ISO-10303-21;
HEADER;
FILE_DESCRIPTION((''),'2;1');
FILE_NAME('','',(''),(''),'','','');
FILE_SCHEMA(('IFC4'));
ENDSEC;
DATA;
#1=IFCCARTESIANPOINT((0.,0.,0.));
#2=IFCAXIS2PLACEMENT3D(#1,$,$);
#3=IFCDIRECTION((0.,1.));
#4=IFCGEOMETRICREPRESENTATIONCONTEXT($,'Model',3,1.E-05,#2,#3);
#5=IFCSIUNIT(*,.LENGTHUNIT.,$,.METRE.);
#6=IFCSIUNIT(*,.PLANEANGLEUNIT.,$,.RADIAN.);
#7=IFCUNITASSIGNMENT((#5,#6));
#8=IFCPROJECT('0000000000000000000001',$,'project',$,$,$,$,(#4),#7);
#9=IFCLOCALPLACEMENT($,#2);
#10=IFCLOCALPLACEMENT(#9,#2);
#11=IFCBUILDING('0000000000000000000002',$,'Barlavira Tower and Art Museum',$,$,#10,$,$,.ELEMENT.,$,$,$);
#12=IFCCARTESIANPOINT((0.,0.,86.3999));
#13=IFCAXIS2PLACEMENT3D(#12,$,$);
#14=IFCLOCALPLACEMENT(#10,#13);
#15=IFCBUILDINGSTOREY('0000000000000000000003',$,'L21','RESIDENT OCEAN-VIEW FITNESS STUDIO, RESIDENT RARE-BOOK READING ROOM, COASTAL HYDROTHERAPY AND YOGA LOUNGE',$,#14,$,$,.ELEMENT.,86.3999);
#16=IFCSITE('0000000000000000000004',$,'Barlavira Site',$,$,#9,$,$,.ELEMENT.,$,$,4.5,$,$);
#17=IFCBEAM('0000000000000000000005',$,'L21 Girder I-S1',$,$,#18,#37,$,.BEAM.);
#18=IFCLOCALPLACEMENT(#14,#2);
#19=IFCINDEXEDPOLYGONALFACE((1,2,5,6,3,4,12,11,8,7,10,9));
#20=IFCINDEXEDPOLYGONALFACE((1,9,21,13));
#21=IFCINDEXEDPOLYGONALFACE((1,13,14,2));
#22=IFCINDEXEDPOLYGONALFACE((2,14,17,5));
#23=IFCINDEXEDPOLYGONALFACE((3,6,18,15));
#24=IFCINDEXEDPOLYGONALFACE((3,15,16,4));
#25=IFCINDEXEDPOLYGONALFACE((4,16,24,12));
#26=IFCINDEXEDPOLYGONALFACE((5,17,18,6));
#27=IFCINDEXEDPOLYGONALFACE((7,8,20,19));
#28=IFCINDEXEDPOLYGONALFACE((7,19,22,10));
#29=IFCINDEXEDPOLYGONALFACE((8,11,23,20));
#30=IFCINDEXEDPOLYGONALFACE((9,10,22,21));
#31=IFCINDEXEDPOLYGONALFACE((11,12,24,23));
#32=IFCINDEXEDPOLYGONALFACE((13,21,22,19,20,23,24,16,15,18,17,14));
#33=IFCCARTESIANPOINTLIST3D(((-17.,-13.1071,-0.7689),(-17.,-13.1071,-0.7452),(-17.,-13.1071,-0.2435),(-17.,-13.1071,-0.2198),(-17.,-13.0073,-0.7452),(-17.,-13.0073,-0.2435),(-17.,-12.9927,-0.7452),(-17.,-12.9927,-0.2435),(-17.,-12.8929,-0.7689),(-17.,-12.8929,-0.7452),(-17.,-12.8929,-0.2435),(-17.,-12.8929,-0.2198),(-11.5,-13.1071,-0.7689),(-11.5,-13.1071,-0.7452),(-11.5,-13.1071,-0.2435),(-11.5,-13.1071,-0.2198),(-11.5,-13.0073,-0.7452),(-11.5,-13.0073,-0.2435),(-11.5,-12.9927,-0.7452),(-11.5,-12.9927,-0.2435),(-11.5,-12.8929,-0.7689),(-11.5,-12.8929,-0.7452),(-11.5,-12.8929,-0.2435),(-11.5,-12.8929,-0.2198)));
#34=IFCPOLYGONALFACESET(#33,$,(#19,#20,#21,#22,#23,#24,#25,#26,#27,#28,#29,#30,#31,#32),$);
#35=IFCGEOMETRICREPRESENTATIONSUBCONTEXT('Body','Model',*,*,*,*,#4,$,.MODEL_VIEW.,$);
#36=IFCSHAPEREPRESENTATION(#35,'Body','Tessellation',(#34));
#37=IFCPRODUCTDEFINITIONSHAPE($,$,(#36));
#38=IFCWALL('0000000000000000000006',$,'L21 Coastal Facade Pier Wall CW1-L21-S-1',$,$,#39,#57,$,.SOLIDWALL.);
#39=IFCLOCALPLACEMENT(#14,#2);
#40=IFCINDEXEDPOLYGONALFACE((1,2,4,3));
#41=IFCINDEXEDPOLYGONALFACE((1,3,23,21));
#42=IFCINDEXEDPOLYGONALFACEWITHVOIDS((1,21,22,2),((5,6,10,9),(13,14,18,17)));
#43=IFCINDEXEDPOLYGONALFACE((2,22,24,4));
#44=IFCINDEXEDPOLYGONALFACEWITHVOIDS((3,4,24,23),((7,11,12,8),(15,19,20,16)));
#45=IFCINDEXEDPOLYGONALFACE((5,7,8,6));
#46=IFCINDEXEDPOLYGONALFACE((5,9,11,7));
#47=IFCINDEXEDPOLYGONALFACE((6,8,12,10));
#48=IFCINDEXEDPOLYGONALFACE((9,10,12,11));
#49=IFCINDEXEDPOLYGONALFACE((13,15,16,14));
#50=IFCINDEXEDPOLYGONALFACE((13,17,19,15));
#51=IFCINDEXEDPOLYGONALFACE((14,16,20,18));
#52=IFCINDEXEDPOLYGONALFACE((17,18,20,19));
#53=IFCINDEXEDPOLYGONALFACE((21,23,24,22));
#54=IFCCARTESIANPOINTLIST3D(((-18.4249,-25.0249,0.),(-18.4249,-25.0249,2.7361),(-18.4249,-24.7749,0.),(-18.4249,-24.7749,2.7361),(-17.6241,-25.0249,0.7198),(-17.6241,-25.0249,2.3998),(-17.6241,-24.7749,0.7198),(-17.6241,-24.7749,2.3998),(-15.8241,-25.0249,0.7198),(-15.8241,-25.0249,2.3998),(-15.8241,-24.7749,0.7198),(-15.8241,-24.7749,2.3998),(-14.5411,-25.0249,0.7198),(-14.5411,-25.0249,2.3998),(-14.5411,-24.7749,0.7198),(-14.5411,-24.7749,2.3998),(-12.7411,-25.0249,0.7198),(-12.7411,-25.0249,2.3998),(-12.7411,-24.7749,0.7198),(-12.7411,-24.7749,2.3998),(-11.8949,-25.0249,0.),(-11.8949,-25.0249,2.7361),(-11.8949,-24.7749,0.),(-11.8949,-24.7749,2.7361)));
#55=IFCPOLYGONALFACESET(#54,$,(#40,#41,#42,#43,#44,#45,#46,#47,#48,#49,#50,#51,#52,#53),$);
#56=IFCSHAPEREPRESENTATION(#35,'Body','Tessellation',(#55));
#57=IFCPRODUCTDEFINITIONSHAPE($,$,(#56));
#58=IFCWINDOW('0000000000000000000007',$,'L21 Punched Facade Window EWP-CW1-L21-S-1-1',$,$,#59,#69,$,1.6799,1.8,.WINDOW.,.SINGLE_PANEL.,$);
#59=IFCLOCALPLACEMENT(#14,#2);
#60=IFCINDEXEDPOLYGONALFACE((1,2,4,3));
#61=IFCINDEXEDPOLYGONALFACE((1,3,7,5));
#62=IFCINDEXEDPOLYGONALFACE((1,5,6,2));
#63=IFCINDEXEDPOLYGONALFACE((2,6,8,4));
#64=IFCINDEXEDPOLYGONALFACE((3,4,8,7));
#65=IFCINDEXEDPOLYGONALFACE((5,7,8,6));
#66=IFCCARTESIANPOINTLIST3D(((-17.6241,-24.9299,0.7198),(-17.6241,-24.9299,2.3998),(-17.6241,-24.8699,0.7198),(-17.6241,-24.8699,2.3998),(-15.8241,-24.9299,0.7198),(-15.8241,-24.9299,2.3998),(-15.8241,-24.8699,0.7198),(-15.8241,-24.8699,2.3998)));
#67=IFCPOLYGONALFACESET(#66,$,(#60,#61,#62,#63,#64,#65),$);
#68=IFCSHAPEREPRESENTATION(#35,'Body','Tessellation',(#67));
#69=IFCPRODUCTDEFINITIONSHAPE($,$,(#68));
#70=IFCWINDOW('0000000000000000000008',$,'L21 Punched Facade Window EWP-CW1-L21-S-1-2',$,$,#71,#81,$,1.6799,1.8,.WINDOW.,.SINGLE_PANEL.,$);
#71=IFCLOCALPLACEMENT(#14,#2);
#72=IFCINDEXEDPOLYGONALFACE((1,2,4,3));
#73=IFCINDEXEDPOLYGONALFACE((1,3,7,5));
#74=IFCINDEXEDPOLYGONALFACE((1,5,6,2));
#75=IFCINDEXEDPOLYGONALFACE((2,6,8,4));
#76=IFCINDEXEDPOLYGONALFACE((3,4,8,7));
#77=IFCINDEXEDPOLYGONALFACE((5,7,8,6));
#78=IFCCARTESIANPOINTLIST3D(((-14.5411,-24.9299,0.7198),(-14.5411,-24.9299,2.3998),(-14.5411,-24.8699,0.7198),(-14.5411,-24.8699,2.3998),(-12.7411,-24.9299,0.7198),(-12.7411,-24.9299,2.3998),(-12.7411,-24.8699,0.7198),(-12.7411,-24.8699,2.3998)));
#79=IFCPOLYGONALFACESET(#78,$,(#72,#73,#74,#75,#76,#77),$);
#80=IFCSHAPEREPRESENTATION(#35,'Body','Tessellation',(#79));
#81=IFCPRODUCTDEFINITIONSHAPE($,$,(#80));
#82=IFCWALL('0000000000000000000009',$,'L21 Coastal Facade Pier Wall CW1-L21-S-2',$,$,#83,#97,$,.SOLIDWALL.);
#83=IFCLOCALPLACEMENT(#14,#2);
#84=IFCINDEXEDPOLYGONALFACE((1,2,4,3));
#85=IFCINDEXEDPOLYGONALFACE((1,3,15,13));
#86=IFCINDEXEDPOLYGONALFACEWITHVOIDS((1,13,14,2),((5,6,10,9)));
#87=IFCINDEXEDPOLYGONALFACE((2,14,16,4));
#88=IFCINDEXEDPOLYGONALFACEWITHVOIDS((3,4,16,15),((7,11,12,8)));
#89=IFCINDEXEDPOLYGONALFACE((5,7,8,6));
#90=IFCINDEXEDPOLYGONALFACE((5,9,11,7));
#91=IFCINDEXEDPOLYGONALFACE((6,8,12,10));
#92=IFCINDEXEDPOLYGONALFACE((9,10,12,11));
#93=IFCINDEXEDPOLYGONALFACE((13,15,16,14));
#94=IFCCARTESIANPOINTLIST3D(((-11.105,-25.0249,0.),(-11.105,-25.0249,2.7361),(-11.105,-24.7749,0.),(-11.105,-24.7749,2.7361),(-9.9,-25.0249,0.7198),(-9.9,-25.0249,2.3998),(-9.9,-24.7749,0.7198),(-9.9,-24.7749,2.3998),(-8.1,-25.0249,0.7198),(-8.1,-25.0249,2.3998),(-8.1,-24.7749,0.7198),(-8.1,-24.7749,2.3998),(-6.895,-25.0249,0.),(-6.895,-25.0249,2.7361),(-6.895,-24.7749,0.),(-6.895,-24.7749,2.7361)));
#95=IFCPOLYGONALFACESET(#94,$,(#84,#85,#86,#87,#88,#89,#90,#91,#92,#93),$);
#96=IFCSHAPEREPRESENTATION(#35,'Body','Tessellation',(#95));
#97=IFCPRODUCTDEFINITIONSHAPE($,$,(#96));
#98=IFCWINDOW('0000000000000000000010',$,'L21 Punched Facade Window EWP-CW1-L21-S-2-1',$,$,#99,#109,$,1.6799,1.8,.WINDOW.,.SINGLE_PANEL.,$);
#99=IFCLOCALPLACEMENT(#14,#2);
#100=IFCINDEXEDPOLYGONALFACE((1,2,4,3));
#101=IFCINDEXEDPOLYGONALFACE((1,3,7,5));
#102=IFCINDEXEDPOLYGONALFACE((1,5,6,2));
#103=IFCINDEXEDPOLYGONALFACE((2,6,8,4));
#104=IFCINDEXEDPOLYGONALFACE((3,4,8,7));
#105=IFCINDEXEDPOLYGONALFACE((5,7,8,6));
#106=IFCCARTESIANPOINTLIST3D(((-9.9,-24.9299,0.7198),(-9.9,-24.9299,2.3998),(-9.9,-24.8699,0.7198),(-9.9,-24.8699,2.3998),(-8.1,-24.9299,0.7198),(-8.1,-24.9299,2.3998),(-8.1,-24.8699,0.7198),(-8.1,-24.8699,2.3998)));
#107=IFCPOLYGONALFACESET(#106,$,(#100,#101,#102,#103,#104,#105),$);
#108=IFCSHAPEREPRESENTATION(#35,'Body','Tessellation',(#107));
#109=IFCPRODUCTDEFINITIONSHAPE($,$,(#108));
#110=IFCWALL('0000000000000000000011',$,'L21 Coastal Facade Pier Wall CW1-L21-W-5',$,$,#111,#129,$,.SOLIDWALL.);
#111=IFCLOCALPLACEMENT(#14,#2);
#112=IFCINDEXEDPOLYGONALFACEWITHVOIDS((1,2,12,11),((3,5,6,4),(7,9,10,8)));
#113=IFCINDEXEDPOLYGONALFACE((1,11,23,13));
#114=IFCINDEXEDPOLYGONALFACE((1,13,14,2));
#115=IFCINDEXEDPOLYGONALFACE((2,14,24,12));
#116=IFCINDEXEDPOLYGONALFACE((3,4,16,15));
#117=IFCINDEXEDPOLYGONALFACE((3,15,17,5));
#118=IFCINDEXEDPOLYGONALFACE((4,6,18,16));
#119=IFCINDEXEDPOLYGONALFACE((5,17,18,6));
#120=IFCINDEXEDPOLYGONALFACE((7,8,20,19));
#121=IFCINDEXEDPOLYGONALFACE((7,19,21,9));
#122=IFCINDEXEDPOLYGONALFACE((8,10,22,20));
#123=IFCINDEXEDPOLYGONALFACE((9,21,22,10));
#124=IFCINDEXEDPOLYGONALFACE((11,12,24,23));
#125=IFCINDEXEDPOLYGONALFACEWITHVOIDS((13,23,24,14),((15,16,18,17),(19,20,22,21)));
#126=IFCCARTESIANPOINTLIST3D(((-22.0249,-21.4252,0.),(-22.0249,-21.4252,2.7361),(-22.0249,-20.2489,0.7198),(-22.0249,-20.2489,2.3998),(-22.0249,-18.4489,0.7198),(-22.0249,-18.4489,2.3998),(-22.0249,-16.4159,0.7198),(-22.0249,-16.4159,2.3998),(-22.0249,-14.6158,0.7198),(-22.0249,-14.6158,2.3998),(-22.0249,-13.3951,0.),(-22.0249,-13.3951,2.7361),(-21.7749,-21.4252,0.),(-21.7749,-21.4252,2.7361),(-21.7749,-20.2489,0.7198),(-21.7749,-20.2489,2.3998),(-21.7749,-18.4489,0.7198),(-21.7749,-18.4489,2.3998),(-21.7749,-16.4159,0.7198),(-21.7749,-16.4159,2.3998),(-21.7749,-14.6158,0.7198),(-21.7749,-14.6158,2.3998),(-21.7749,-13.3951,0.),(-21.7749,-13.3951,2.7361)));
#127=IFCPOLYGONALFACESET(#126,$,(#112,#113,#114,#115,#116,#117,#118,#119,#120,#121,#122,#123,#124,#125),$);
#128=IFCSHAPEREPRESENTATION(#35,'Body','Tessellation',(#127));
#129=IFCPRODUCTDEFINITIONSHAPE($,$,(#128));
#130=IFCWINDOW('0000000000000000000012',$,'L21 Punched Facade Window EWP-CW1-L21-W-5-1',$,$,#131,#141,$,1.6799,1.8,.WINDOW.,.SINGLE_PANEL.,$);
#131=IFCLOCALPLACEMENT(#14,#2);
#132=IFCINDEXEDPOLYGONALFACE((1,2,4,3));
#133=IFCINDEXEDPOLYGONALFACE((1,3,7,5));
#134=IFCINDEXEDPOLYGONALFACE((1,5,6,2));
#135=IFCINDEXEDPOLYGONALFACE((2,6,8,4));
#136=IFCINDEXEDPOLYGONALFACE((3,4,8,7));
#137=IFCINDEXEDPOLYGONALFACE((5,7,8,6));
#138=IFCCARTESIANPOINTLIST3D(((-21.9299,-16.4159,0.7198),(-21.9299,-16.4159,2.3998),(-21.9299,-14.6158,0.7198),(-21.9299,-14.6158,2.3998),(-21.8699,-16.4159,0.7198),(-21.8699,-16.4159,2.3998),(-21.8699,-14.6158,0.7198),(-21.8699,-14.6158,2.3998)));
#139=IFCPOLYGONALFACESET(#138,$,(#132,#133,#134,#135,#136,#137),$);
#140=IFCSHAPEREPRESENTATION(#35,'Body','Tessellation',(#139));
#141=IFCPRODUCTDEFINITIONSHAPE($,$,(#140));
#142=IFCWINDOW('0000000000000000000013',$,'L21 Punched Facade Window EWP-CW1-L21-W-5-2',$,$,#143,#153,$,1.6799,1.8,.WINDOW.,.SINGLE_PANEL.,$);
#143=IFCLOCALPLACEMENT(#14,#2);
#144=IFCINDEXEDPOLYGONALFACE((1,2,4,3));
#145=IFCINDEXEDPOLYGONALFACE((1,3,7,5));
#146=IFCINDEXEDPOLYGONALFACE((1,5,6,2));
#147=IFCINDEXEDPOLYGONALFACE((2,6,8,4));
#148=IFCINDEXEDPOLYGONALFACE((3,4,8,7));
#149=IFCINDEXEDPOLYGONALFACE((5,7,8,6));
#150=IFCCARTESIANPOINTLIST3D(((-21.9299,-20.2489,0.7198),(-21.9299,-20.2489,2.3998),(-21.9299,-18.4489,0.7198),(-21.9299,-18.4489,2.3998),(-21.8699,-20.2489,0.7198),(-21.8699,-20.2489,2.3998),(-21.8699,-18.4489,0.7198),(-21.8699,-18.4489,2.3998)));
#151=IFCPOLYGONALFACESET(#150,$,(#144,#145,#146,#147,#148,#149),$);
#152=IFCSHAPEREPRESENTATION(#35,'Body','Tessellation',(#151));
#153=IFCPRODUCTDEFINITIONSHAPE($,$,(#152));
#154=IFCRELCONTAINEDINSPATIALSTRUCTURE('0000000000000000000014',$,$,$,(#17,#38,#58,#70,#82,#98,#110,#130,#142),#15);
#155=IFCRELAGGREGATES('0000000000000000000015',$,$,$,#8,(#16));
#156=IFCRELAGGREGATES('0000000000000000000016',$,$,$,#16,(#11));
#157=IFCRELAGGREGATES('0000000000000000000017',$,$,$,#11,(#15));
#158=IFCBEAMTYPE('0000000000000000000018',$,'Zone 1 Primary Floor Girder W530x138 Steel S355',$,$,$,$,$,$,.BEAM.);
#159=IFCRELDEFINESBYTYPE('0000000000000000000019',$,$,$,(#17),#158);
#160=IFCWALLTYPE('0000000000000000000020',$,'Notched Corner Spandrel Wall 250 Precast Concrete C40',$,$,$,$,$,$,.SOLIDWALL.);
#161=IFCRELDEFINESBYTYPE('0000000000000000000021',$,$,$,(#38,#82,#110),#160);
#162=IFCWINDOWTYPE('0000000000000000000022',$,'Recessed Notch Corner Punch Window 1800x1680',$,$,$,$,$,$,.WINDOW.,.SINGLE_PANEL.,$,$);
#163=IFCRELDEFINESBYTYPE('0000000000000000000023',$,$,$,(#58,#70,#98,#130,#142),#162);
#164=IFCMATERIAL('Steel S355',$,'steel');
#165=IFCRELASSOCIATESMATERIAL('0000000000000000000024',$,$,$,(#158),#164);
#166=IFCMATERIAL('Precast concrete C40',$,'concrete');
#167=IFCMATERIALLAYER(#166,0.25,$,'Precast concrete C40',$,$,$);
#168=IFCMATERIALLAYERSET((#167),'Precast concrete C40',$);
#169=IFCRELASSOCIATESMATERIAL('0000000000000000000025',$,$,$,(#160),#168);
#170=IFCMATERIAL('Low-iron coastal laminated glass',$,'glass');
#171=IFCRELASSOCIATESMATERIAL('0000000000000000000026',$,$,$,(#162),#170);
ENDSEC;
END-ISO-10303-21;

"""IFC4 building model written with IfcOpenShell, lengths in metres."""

from ifc_helpers import new_model, si_unit, direction, frame, frame_2d, origin, origin_2d, place, context, subcontext, project, spatial, rectangle, i_section, extrude, material, layer, layer_set, material_profile, profile_set, type_object, element, fill, save


model = new_model("IFC4")

# Units and contexts
model_context = context("Model", 3, precision=1e-05, world=origin(), true_north=direction((0.0, 1.0)))
body_context = subcontext(model_context, "Body", "Model", "MODEL_VIEW")
ifc_project = project(units=[si_unit("LENGTHUNIT", "METRE"), si_unit("PLANEANGLEUNIT", "RADIAN")], contexts=[model_context])

# Site, building, storey
site_placement = place(None, origin())
site = spatial("IfcSite", under=ifc_project, at=site_placement, Name="Barlavira Site", CompositionType="ELEMENT", RefElevation=4.5)
building_placement = place(site_placement, origin())
building = spatial("IfcBuilding", under=site, at=building_placement, Name="Barlavira Tower and Art Museum", CompositionType="ELEMENT")
storey_placement = place(building_placement, frame((0.0, 0.0, 86.3999)))
storey = spatial("IfcBuildingStorey", under=building, at=storey_placement, Name="L21", Description="RESIDENT OCEAN-VIEW FITNESS STUDIO, RESIDENT RARE-BOOK READING ROOM, COASTAL HYDROTHERAPY AND YOGA LOUNGE", CompositionType="ELEMENT", Elevation=86.3999)

# Beam
ifc_material_1 = material(Name="Steel S355", Category="steel")
ifc_material_profile_1 = material_profile(ifc_material_1, i_section(OverallWidth=0.2141, OverallDepth=0.5491, WebThickness=0.0146, FlangeThickness=0.0237, at=origin_2d()), Name="W530x138.0")
ifc_profile_set_1 = profile_set([ifc_material_profile_1], Name="Steel S355")
beam_type_1 = type_object("IfcBeamType", Name="Zone 1 Primary Floor Girder W530x138 Steel S355", PredefinedType="BEAM", material=ifc_profile_set_1)
for number, where, z_axis, x_axis, name in (
    (1, (-17.0, -13.0, -0.4944), (1.0, 0.0, 0.0), (0.0, 1.0, 0.0), "L21 Girder I-S1"),
):
    element("IfcBeam", number, at=place(storey_placement, frame(where, z_axis=z_axis, x_axis=x_axis)), inside=storey, type_object=beam_type_1, Name=name, PredefinedType="BEAM", context=body_context, shape_type="SweptSolid", body=[
        extrude(i_section(OverallWidth=0.2141, OverallDepth=0.5491, WebThickness=0.0146, FlangeThickness=0.0237, at=origin_2d()), origin(), (0.0, 0.0, 1.0), 5.5),
    ])

# Wall, openings, windows
ifc_material_2 = material(Name="Precast concrete C40", Category="concrete")
ifc_layer = layer(ifc_material_2, 0.25, Name="Precast concrete C40")
ifc_layer_set = layer_set([ifc_layer], Name="Precast concrete C40")
wall_type = type_object("IfcWallType", Name="Notched Corner Spandrel Wall 250 Precast Concrete C40", PredefinedType="SOLIDWALL", material=ifc_layer_set)
wall_1_placement = place(storey_placement, frame((-18.425, -24.8999, 0.0), z_axis=(0.0, 0.0, 1.0), x_axis=(1.0, 0.0, 0.0)))
wall_1 = element("IfcWall", 2, at=wall_1_placement, inside=storey, type_object=wall_type, Name="L21 Coastal Facade Pier Wall CW1-L21-S-1", PredefinedType="SOLIDWALL", context=body_context, shape_type="SweptSolid", body=[
    extrude(rectangle(XDim=6.53, YDim=0.25, at=frame_2d((3.2651, 0.0))), origin(), (0.0, 0.0, 1.0), 2.7361),
])
opening_1_placement = place(wall_1_placement, frame((0.801, 0.0, 0.72)))
opening_1 = element("IfcOpeningElement", 3, at=opening_1_placement, cuts=wall_1, PredefinedType="OPENING", context=body_context, shape_type="SweptSolid", body=[
    extrude(rectangle(XDim=1.8, YDim=1.6799, at=frame_2d((0.8999, 0.8398))), frame((0.0, 0.135, 0.0), z_axis=(0.0, -1.0, 0.0), x_axis=(1.0, 0.0, 0.0)), (0.0, 0.0, 1.0), 0.27),
])
opening_2_placement = place(wall_1_placement, frame((3.884, 0.0, 0.72)))
opening_2 = element("IfcOpeningElement", 4, at=opening_2_placement, cuts=wall_1, PredefinedType="OPENING", context=body_context, shape_type="SweptSolid", body=[
    extrude(rectangle(XDim=1.8, YDim=1.6799, at=frame_2d((0.8999, 0.8398))), frame((0.0, 0.135, 0.0), z_axis=(0.0, -1.0, 0.0), x_axis=(1.0, 0.0, 0.0)), (0.0, 0.0, 1.0), 0.27),
])
ifc_material_3 = material(Name="Low-iron coastal laminated glass", Category="glass")
window_type = type_object("IfcWindowType", Name="Recessed Notch Corner Punch Window 1800x1680", PartitioningType="SINGLE_PANEL", PredefinedType="WINDOW", material=ifc_material_3)
window_1_placement = place(opening_1_placement, origin())
window_1 = element("IfcWindow", 5, at=window_1_placement, inside=storey, type_object=window_type, Name="L21 Punched Facade Window EWP-CW1-L21-S-1-1", OverallHeight=1.6799, OverallWidth=1.8, PartitioningType="SINGLE_PANEL", PredefinedType="WINDOW", context=body_context, shape_type="SweptSolid", body=[
    extrude(rectangle(XDim=1.8, YDim=1.6799, at=frame_2d((0.8999, 0.8398))), frame((0.0, 0.03, 0.0), z_axis=(0.0, -1.0, 0.0), x_axis=(1.0, 0.0, 0.0)), (0.0, 0.0, 1.0), 0.0601),
])
fill(opening_1, window_1)
window_2_placement = place(opening_2_placement, origin())
window_2 = element("IfcWindow", 6, at=window_2_placement, inside=storey, type_object=window_type, Name="L21 Punched Facade Window EWP-CW1-L21-S-1-2", OverallHeight=1.6799, OverallWidth=1.8, PartitioningType="SINGLE_PANEL", PredefinedType="WINDOW", context=body_context, shape_type="SweptSolid", body=[
    extrude(rectangle(XDim=1.8, YDim=1.6799, at=frame_2d((0.8999, 0.8398))), frame((0.0, 0.03, 0.0), z_axis=(0.0, -1.0, 0.0), x_axis=(1.0, 0.0, 0.0)), (0.0, 0.0, 1.0), 0.0601),
])
fill(opening_2, window_2)

# Wall, opening, window
wall_2_placement = place(storey_placement, frame((-11.105, -24.8999, 0.0), z_axis=(0.0, 0.0, 1.0), x_axis=(1.0, 0.0, 0.0)))
wall_2 = element("IfcWall", 7, at=wall_2_placement, inside=storey, type_object=wall_type, Name="L21 Coastal Facade Pier Wall CW1-L21-S-2", PredefinedType="SOLIDWALL", context=body_context, shape_type="SweptSolid", body=[
    extrude(rectangle(XDim=4.21, YDim=0.25, at=frame_2d((2.105, 0.0))), origin(), (0.0, 0.0, 1.0), 2.7361),
])
opening_3_placement = place(wall_2_placement, frame((1.2051, 0.0, 0.72)))
opening_3 = element("IfcOpeningElement", 8, at=opening_3_placement, cuts=wall_2, PredefinedType="OPENING", context=body_context, shape_type="SweptSolid", body=[
    extrude(rectangle(XDim=1.8, YDim=1.6799, at=frame_2d((0.8999, 0.8398))), frame((0.0, 0.135, 0.0), z_axis=(0.0, -1.0, 0.0), x_axis=(1.0, 0.0, 0.0)), (0.0, 0.0, 1.0), 0.27),
])
window_3_placement = place(opening_3_placement, origin())
window_3 = element("IfcWindow", 9, at=window_3_placement, inside=storey, type_object=window_type, Name="L21 Punched Facade Window EWP-CW1-L21-S-2-1", OverallHeight=1.6799, OverallWidth=1.8, PartitioningType="SINGLE_PANEL", PredefinedType="WINDOW", context=body_context, shape_type="SweptSolid", body=[
    extrude(rectangle(XDim=1.8, YDim=1.6799, at=frame_2d((0.8999, 0.8398))), frame((0.0, 0.03, 0.0), z_axis=(0.0, -1.0, 0.0), x_axis=(1.0, 0.0, 0.0)), (0.0, 0.0, 1.0), 0.0601),
])
fill(opening_3, window_3)

# Wall, openings, windows
wall_3_placement = place(storey_placement, frame((-21.8999, -13.395, 0.0), z_axis=(0.0, 0.0, 1.0), x_axis=(0.0, -1.0, 0.0)))
wall_3 = element("IfcWall", 10, at=wall_3_placement, inside=storey, type_object=wall_type, Name="L21 Coastal Facade Pier Wall CW1-L21-W-5", PredefinedType="SOLIDWALL", context=body_context, shape_type="SweptSolid", body=[
    extrude(rectangle(XDim=8.03, YDim=0.25, at=frame_2d((4.0151, 0.0))), origin(), (0.0, 0.0, 1.0), 2.7361),
])
opening_4_placement = place(wall_3_placement, frame((1.2209, 0.0, 0.72)))
opening_4 = element("IfcOpeningElement", 11, at=opening_4_placement, cuts=wall_3, PredefinedType="OPENING", context=body_context, shape_type="SweptSolid", body=[
    extrude(rectangle(XDim=1.8, YDim=1.6799, at=frame_2d((0.8999, 0.8398))), frame((0.0, 0.135, 0.0), z_axis=(0.0, -1.0, 0.0), x_axis=(1.0, 0.0, 0.0)), (0.0, 0.0, 1.0), 0.27),
])
opening_5_placement = place(wall_3_placement, frame((5.054, 0.0, 0.72)))
opening_5 = element("IfcOpeningElement", 12, at=opening_5_placement, cuts=wall_3, PredefinedType="OPENING", context=body_context, shape_type="SweptSolid", body=[
    extrude(rectangle(XDim=1.8, YDim=1.6799, at=frame_2d((0.8999, 0.8398))), frame((0.0, 0.135, 0.0), z_axis=(0.0, -1.0, 0.0), x_axis=(1.0, 0.0, 0.0)), (0.0, 0.0, 1.0), 0.27),
])
window_4_placement = place(opening_4_placement, origin())
window_4 = element("IfcWindow", 13, at=window_4_placement, inside=storey, type_object=window_type, Name="L21 Punched Facade Window EWP-CW1-L21-W-5-1", OverallHeight=1.6799, OverallWidth=1.8, PartitioningType="SINGLE_PANEL", PredefinedType="WINDOW", context=body_context, shape_type="SweptSolid", body=[
    extrude(rectangle(XDim=1.8, YDim=1.6799, at=frame_2d((0.8999, 0.8398))), frame((0.0, 0.03, 0.0), z_axis=(0.0, -1.0, 0.0), x_axis=(1.0, 0.0, 0.0)), (0.0, 0.0, 1.0), 0.0601),
])
fill(opening_4, window_4)
window_5_placement = place(opening_5_placement, origin())
window_5 = element("IfcWindow", 14, at=window_5_placement, inside=storey, type_object=window_type, Name="L21 Punched Facade Window EWP-CW1-L21-W-5-2", OverallHeight=1.6799, OverallWidth=1.8, PartitioningType="SINGLE_PANEL", PredefinedType="WINDOW", context=body_context, shape_type="SweptSolid", body=[
    extrude(rectangle(XDim=1.8, YDim=1.6799, at=frame_2d((0.8999, 0.8398))), frame((0.0, 0.03, 0.0), z_axis=(0.0, -1.0, 0.0), x_axis=(1.0, 0.0, 0.0)), (0.0, 0.0, 1.0), 0.0601),
])
fill(opening_5, window_5)

save(model, "model.ifc")
